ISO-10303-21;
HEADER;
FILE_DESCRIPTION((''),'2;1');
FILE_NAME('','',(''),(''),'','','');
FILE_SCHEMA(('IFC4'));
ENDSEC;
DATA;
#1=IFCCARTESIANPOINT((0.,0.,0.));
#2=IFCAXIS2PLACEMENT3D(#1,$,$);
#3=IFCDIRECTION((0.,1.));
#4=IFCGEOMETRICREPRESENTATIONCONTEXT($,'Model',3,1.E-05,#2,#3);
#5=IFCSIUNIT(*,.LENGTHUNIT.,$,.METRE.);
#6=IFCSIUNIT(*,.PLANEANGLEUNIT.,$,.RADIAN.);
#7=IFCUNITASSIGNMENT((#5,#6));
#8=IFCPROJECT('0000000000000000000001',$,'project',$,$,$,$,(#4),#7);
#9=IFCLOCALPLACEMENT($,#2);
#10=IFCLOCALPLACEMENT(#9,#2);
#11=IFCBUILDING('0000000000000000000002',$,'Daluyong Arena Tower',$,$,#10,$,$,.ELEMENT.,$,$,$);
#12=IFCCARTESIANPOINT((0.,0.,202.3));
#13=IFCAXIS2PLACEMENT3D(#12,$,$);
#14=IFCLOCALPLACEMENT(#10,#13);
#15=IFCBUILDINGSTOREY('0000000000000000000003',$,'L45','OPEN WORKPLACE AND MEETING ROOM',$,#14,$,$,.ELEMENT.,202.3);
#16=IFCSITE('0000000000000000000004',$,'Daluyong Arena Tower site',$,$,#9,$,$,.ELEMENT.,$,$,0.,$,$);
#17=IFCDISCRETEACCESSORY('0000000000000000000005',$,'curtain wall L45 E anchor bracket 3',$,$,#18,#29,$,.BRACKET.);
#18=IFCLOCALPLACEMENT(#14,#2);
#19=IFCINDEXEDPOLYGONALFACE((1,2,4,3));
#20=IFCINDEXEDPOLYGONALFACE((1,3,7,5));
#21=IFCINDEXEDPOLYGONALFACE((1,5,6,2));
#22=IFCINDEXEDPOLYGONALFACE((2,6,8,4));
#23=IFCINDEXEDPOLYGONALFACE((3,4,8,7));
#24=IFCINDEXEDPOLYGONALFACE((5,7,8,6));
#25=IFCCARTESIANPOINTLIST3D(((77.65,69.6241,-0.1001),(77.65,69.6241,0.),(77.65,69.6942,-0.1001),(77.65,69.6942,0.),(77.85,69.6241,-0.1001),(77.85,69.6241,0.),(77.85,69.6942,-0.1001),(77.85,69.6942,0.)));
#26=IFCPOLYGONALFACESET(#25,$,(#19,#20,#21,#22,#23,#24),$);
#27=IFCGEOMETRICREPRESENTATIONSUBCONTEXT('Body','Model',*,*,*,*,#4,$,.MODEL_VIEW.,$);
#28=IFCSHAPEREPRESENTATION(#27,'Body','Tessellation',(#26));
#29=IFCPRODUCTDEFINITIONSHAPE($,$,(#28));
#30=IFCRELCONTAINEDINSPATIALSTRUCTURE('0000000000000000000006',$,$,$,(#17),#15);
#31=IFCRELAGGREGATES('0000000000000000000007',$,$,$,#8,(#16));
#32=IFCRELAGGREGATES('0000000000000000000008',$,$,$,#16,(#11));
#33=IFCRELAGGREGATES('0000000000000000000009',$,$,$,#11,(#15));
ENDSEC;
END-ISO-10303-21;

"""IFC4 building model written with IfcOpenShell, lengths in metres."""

from ifc_helpers import new_model, si_unit, direction, frame, origin, origin_2d, place, context, subcontext, project, spatial, rectangle, extrude, element, save


model = new_model("IFC4")

# Units and contexts
model_context = context("Model", 3, precision=1e-05, world=origin(), true_north=direction((0.0, 1.0)))
body_context = subcontext(model_context, "Body", "Model", "MODEL_VIEW")
ifc_project = project(units=[si_unit("LENGTHUNIT", "METRE"), si_unit("PLANEANGLEUNIT", "RADIAN")], contexts=[model_context])

# Site, building, storey
site_placement = place(None, origin())
site = spatial("IfcSite", under=ifc_project, at=site_placement, Name="Daluyong Arena Tower site", CompositionType="ELEMENT", RefElevation=0.0)
building_placement = place(site_placement, origin())
building = spatial("IfcBuilding", under=site, at=building_placement, Name="Daluyong Arena Tower", CompositionType="ELEMENT")
storey_placement = place(building_placement, frame((0.0, 0.0, 202.3)))
storey = spatial("IfcBuildingStorey", under=building, at=storey_placement, Name="L45", Description="OPEN WORKPLACE AND MEETING ROOM", CompositionType="ELEMENT", Elevation=202.3)

# Discrete accessory
for number, where, z_axis, x_axis, name in (
    (1, (77.75, 69.6592, -0.1001), (0.0, 0.0, 1.0), (0.0, 1.0, 0.0), "curtain wall L45 E anchor bracket 3"),
):
    element("IfcDiscreteAccessory", number, at=place(storey_placement, frame(where, z_axis=z_axis, x_axis=x_axis)), inside=storey, Name=name, PredefinedType="BRACKET", context=body_context, shape_type="SweptSolid", body=[
        extrude(rectangle(XDim=0.0701, YDim=0.2, at=origin_2d()), origin(), (0.0, 0.0, 1.0), 0.1001),
    ])

save(model, "model.ifc")
